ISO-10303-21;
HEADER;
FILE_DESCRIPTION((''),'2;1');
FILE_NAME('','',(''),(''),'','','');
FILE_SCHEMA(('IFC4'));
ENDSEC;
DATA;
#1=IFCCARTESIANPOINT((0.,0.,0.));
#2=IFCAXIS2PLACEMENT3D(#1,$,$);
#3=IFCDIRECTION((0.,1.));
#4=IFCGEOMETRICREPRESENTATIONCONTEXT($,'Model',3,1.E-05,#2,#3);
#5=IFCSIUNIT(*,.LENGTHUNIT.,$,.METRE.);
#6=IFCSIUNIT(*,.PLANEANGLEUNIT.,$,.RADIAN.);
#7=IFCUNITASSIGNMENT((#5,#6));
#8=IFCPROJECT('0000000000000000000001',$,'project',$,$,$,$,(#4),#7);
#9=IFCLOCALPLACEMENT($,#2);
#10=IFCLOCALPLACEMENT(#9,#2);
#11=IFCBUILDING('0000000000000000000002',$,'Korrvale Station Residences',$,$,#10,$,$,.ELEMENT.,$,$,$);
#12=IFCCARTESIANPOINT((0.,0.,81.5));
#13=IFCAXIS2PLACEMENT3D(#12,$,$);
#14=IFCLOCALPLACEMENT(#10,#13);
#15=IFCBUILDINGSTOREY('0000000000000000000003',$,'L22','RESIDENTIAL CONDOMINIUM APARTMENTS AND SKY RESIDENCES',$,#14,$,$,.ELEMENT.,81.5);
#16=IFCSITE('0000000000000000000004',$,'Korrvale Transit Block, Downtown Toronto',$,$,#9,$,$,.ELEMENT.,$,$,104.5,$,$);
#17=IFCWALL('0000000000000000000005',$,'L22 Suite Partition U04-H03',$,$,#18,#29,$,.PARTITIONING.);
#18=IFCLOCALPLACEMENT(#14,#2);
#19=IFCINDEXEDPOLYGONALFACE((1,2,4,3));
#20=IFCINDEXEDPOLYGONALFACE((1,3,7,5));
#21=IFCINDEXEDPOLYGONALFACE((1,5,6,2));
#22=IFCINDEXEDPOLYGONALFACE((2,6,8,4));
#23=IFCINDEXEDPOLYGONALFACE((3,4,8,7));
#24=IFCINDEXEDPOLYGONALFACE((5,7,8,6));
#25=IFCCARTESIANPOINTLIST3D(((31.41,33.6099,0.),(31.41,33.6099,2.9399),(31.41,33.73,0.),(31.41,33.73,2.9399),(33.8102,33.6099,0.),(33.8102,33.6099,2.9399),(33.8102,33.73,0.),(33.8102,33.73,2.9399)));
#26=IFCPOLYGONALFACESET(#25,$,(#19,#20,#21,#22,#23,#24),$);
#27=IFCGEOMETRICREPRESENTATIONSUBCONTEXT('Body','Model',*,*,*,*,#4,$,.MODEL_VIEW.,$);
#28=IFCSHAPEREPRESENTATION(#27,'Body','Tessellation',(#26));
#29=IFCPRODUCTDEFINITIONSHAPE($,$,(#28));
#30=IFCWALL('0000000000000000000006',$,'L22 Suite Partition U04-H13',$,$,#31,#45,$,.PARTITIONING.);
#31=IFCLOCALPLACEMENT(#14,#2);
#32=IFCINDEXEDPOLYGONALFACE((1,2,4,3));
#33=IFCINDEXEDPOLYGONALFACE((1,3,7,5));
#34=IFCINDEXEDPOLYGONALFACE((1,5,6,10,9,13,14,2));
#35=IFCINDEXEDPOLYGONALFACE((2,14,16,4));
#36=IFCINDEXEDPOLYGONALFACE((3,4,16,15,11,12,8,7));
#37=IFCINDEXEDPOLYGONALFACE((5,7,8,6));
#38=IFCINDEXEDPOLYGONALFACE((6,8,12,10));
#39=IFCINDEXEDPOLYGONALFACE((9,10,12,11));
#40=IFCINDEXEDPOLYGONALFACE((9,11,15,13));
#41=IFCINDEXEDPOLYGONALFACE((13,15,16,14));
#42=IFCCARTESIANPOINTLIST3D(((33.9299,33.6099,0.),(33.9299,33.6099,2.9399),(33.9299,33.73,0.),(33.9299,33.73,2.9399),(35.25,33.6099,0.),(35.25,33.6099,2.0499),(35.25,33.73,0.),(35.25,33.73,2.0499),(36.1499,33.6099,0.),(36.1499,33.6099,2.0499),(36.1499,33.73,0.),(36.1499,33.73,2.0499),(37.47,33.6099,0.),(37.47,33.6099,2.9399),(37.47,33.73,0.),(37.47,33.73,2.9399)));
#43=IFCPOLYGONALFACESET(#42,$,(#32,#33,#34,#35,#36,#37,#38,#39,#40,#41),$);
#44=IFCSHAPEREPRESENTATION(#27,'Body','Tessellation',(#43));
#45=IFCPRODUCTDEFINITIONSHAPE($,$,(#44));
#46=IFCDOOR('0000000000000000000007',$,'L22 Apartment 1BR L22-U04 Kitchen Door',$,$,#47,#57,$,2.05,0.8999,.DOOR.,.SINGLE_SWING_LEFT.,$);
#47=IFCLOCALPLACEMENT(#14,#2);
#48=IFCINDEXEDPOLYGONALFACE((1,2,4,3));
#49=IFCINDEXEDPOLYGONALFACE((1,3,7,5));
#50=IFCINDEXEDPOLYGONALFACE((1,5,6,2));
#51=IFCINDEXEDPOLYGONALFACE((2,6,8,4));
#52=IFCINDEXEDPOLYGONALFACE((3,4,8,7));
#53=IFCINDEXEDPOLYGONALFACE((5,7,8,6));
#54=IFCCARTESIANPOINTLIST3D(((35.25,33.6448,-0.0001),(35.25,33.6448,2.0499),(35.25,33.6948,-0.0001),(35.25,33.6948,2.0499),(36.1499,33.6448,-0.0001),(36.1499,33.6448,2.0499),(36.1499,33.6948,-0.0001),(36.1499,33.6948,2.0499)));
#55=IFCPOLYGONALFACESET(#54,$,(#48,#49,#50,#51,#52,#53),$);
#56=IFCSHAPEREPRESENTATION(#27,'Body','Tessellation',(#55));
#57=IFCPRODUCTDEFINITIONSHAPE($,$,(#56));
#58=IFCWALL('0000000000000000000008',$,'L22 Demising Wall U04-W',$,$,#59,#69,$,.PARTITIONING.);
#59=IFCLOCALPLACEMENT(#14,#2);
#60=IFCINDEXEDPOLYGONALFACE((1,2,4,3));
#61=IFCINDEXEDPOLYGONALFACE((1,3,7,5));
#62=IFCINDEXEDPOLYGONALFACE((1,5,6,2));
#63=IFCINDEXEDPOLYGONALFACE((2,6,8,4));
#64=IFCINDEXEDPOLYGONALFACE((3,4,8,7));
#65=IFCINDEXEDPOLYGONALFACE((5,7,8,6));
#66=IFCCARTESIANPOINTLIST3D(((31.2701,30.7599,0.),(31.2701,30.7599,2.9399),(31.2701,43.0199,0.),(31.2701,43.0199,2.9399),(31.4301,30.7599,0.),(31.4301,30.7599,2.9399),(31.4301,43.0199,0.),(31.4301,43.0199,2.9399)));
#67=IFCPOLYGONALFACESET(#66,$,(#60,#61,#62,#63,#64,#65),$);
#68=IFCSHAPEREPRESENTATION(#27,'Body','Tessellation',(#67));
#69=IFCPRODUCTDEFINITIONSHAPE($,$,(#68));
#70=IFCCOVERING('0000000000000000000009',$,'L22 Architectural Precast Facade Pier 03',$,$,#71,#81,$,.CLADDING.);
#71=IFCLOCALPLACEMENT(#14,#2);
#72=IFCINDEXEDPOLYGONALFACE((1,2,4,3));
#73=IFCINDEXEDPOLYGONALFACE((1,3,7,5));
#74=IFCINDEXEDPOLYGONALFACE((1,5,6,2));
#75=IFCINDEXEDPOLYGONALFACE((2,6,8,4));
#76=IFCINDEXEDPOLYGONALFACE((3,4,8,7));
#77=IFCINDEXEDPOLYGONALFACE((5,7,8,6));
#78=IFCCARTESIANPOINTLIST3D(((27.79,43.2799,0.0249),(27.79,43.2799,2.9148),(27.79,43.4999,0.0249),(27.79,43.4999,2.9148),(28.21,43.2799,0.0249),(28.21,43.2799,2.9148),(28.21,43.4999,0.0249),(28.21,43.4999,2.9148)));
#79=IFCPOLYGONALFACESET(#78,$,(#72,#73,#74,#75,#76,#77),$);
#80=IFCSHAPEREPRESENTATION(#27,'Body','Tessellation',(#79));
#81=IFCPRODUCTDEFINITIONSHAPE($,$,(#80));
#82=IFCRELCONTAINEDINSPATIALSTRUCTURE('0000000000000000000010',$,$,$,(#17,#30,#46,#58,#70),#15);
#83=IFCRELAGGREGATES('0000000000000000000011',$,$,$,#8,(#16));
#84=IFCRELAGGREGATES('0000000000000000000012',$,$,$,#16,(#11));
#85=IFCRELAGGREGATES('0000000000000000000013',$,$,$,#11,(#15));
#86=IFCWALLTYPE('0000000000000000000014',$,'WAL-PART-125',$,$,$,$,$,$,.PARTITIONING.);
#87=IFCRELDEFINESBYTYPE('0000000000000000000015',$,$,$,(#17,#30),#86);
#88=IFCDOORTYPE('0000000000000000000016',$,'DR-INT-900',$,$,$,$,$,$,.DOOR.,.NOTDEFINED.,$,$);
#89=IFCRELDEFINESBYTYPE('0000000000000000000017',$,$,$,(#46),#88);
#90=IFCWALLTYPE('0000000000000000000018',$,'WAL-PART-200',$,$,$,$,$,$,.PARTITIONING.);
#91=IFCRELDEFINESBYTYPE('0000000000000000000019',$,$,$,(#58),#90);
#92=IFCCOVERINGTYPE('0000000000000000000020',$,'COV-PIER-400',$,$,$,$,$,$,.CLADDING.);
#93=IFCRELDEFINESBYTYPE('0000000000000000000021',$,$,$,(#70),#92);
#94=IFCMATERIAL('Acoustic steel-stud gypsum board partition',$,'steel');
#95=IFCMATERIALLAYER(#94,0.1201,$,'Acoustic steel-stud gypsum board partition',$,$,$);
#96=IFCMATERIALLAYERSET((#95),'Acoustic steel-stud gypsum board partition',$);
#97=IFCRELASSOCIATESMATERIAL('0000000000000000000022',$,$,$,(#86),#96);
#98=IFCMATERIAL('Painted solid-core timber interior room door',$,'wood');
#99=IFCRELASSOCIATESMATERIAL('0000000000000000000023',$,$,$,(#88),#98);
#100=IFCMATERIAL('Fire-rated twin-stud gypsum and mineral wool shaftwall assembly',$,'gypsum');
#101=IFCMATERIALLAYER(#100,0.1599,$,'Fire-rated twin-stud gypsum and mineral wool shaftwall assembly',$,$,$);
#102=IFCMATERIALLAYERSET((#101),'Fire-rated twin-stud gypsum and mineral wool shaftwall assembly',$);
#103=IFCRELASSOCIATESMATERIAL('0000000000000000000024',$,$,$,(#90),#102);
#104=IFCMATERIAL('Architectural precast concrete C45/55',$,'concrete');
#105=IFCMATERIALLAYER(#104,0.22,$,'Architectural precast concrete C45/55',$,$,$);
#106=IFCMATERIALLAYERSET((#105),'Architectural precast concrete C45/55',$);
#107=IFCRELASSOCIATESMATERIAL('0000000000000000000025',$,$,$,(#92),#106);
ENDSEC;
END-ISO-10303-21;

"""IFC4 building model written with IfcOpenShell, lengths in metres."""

from ifc_helpers import new_model, si_unit, direction, frame, frame_2d, origin, origin_2d, place, context, subcontext, project, spatial, rectangle, extrude, material, layer, layer_set, type_object, element, fill, save


model = new_model("IFC4")

# Units and contexts
model_context = context("Model", 3, precision=1e-05, world=origin(), true_north=direction((0.0, 1.0)))
body_context = subcontext(model_context, "Body", "Model", "MODEL_VIEW")
ifc_project = project(units=[si_unit("LENGTHUNIT", "METRE"), si_unit("PLANEANGLEUNIT", "RADIAN")], contexts=[model_context])

# Site, building, storey
site_placement = place(None, origin())
site = spatial("IfcSite", under=ifc_project, at=site_placement, Name="Korrvale Transit Block, Downtown Toronto", CompositionType="ELEMENT", RefElevation=104.5)
building_placement = place(site_placement, origin())
building = spatial("IfcBuilding", under=site, at=building_placement, Name="Korrvale Station Residences", CompositionType="ELEMENT")
storey_placement = place(building_placement, frame((0.0, 0.0, 81.5)))
storey = spatial("IfcBuildingStorey", under=building, at=storey_placement, Name="L22", Description="RESIDENTIAL CONDOMINIUM APARTMENTS AND SKY RESIDENCES", CompositionType="ELEMENT", Elevation=81.5)

# Shared definitions
ifc_material_1 = material(Name="Acoustic steel-stud gypsum board partition", Category="steel")
ifc_layer_1 = layer(ifc_material_1, 0.1201, Name="Acoustic steel-stud gypsum board partition")
ifc_layer_set_1 = layer_set([ifc_layer_1], Name="Acoustic steel-stud gypsum board partition")
wall_type_1 = type_object("IfcWallType", Name="WAL-PART-125", PredefinedType="PARTITIONING", material=ifc_layer_set_1)
ifc_material_2 = material(Name="Painted solid-core timber interior room door", Category="wood")
door_type_1 = type_object("IfcDoorType", Name="DR-INT-900", OperationType="NOTDEFINED", PredefinedType="DOOR", material=ifc_material_2)

# Wall
wall_1_placement = place(storey_placement, frame((31.4099, 33.6699, 0.0), z_axis=(0.0, 0.0, 1.0), x_axis=(1.0, 0.0, 0.0)))
element("IfcWall", 1, at=wall_1_placement, inside=storey, type_object=wall_type_1, Name="L22 Suite Partition U04-H03", PredefinedType="PARTITIONING", context=body_context, shape_type="SweptSolid", body=[
    extrude(rectangle(XDim=2.4001, YDim=0.1201, at=frame_2d((1.2002, 0.0))), origin(), (0.0, 0.0, 1.0), 2.9399),
])

# Wall, opening, door
wall_2_placement = place(storey_placement, frame((33.9299, 33.6699, 0.0), z_axis=(0.0, 0.0, 1.0), x_axis=(1.0, 0.0, 0.0)))
wall_2 = element("IfcWall", 2, at=wall_2_placement, inside=storey, type_object=wall_type_1, Name="L22 Suite Partition U04-H13", PredefinedType="PARTITIONING", context=body_context, shape_type="SweptSolid", body=[
    extrude(rectangle(XDim=3.54, YDim=0.1201, at=frame_2d((1.77, 0.0))), origin(), (0.0, 0.0, 1.0), 2.9399),
])
opening_1_placement = place(wall_2_placement, frame((1.3201, 0.0, 0.0)))
opening_1 = element("IfcOpeningElement", 3, at=opening_1_placement, cuts=wall_2, PredefinedType="OPENING", context=body_context, shape_type="SweptSolid", body=[
    extrude(rectangle(XDim=0.8999, YDim=2.05, at=frame_2d((0.45, 1.0249))), frame((0.0, 0.0701, 0.0), z_axis=(0.0, -1.0, 0.0), x_axis=(1.0, 0.0, 0.0)), (0.0, 0.0, 1.0), 0.1401),
])
door_1_placement = place(opening_1_placement, origin())
door_1 = element("IfcDoor", 4, at=door_1_placement, inside=storey, type_object=door_type_1, Name="L22 Apartment 1BR L22-U04 Kitchen Door", OperationType="SINGLE_SWING_LEFT", OverallHeight=2.05, OverallWidth=0.8999, PredefinedType="DOOR", context=body_context, shape_type="SweptSolid", body=[
    extrude(rectangle(XDim=0.8999, YDim=2.05, at=frame_2d((0.45, 1.0249))), frame((0.0, 0.0249, 0.0), z_axis=(0.0, -1.0, 0.0), x_axis=(1.0, 0.0, 0.0)), (0.0, 0.0, 1.0), 0.05),
])
fill(opening_1, door_1)

# Wall
ifc_material_3 = material(Name="Fire-rated twin-stud gypsum and mineral wool shaftwall assembly", Category="gypsum")
ifc_layer_2 = layer(ifc_material_3, 0.1599, Name="Fire-rated twin-stud gypsum and mineral wool shaftwall assembly")
ifc_layer_set_2 = layer_set([ifc_layer_2], Name="Fire-rated twin-stud gypsum and mineral wool shaftwall assembly")
wall_type_2 = type_object("IfcWallType", Name="WAL-PART-200", PredefinedType="PARTITIONING", material=ifc_layer_set_2)
wall_3_placement = place(storey_placement, frame((31.3501, 30.76, 0.0), z_axis=(0.0, 0.0, 1.0), x_axis=(0.0, 1.0, 0.0)))
element("IfcWall", 5, at=wall_3_placement, inside=storey, type_object=wall_type_2, Name="L22 Demising Wall U04-W", PredefinedType="PARTITIONING", context=body_context, shape_type="SweptSolid", body=[
    extrude(rectangle(XDim=12.26, YDim=0.1599, at=frame_2d((6.1299, 0.0))), origin(), (0.0, 0.0, 1.0), 2.9399),
])

# Covering
ifc_material_4 = material(Name="Architectural precast concrete C45/55", Category="concrete")
ifc_layer_3 = layer(ifc_material_4, 0.22, Name="Architectural precast concrete C45/55")
ifc_layer_set_3 = layer_set([ifc_layer_3], Name="Architectural precast concrete C45/55")
covering_type = type_object("IfcCoveringType", Name="COV-PIER-400", PredefinedType="CLADDING", material=ifc_layer_set_3)
covering_placement = place(storey_placement, frame((28.0, 43.3899, 0.0249), z_axis=(0.0, 0.0, 1.0), x_axis=(1.0, 0.0, 0.0)))
element("IfcCovering", 6, at=covering_placement, inside=storey, type_object=covering_type, Name="L22 Architectural Precast Facade Pier 03", PredefinedType="CLADDING", context=body_context, shape_type="SweptSolid", body=[
    extrude(rectangle(XDim=0.4199, YDim=0.22, at=origin_2d()), origin(), (0.0, 0.0, 1.0), 2.8899),
])

save(model, "model.ifc")
